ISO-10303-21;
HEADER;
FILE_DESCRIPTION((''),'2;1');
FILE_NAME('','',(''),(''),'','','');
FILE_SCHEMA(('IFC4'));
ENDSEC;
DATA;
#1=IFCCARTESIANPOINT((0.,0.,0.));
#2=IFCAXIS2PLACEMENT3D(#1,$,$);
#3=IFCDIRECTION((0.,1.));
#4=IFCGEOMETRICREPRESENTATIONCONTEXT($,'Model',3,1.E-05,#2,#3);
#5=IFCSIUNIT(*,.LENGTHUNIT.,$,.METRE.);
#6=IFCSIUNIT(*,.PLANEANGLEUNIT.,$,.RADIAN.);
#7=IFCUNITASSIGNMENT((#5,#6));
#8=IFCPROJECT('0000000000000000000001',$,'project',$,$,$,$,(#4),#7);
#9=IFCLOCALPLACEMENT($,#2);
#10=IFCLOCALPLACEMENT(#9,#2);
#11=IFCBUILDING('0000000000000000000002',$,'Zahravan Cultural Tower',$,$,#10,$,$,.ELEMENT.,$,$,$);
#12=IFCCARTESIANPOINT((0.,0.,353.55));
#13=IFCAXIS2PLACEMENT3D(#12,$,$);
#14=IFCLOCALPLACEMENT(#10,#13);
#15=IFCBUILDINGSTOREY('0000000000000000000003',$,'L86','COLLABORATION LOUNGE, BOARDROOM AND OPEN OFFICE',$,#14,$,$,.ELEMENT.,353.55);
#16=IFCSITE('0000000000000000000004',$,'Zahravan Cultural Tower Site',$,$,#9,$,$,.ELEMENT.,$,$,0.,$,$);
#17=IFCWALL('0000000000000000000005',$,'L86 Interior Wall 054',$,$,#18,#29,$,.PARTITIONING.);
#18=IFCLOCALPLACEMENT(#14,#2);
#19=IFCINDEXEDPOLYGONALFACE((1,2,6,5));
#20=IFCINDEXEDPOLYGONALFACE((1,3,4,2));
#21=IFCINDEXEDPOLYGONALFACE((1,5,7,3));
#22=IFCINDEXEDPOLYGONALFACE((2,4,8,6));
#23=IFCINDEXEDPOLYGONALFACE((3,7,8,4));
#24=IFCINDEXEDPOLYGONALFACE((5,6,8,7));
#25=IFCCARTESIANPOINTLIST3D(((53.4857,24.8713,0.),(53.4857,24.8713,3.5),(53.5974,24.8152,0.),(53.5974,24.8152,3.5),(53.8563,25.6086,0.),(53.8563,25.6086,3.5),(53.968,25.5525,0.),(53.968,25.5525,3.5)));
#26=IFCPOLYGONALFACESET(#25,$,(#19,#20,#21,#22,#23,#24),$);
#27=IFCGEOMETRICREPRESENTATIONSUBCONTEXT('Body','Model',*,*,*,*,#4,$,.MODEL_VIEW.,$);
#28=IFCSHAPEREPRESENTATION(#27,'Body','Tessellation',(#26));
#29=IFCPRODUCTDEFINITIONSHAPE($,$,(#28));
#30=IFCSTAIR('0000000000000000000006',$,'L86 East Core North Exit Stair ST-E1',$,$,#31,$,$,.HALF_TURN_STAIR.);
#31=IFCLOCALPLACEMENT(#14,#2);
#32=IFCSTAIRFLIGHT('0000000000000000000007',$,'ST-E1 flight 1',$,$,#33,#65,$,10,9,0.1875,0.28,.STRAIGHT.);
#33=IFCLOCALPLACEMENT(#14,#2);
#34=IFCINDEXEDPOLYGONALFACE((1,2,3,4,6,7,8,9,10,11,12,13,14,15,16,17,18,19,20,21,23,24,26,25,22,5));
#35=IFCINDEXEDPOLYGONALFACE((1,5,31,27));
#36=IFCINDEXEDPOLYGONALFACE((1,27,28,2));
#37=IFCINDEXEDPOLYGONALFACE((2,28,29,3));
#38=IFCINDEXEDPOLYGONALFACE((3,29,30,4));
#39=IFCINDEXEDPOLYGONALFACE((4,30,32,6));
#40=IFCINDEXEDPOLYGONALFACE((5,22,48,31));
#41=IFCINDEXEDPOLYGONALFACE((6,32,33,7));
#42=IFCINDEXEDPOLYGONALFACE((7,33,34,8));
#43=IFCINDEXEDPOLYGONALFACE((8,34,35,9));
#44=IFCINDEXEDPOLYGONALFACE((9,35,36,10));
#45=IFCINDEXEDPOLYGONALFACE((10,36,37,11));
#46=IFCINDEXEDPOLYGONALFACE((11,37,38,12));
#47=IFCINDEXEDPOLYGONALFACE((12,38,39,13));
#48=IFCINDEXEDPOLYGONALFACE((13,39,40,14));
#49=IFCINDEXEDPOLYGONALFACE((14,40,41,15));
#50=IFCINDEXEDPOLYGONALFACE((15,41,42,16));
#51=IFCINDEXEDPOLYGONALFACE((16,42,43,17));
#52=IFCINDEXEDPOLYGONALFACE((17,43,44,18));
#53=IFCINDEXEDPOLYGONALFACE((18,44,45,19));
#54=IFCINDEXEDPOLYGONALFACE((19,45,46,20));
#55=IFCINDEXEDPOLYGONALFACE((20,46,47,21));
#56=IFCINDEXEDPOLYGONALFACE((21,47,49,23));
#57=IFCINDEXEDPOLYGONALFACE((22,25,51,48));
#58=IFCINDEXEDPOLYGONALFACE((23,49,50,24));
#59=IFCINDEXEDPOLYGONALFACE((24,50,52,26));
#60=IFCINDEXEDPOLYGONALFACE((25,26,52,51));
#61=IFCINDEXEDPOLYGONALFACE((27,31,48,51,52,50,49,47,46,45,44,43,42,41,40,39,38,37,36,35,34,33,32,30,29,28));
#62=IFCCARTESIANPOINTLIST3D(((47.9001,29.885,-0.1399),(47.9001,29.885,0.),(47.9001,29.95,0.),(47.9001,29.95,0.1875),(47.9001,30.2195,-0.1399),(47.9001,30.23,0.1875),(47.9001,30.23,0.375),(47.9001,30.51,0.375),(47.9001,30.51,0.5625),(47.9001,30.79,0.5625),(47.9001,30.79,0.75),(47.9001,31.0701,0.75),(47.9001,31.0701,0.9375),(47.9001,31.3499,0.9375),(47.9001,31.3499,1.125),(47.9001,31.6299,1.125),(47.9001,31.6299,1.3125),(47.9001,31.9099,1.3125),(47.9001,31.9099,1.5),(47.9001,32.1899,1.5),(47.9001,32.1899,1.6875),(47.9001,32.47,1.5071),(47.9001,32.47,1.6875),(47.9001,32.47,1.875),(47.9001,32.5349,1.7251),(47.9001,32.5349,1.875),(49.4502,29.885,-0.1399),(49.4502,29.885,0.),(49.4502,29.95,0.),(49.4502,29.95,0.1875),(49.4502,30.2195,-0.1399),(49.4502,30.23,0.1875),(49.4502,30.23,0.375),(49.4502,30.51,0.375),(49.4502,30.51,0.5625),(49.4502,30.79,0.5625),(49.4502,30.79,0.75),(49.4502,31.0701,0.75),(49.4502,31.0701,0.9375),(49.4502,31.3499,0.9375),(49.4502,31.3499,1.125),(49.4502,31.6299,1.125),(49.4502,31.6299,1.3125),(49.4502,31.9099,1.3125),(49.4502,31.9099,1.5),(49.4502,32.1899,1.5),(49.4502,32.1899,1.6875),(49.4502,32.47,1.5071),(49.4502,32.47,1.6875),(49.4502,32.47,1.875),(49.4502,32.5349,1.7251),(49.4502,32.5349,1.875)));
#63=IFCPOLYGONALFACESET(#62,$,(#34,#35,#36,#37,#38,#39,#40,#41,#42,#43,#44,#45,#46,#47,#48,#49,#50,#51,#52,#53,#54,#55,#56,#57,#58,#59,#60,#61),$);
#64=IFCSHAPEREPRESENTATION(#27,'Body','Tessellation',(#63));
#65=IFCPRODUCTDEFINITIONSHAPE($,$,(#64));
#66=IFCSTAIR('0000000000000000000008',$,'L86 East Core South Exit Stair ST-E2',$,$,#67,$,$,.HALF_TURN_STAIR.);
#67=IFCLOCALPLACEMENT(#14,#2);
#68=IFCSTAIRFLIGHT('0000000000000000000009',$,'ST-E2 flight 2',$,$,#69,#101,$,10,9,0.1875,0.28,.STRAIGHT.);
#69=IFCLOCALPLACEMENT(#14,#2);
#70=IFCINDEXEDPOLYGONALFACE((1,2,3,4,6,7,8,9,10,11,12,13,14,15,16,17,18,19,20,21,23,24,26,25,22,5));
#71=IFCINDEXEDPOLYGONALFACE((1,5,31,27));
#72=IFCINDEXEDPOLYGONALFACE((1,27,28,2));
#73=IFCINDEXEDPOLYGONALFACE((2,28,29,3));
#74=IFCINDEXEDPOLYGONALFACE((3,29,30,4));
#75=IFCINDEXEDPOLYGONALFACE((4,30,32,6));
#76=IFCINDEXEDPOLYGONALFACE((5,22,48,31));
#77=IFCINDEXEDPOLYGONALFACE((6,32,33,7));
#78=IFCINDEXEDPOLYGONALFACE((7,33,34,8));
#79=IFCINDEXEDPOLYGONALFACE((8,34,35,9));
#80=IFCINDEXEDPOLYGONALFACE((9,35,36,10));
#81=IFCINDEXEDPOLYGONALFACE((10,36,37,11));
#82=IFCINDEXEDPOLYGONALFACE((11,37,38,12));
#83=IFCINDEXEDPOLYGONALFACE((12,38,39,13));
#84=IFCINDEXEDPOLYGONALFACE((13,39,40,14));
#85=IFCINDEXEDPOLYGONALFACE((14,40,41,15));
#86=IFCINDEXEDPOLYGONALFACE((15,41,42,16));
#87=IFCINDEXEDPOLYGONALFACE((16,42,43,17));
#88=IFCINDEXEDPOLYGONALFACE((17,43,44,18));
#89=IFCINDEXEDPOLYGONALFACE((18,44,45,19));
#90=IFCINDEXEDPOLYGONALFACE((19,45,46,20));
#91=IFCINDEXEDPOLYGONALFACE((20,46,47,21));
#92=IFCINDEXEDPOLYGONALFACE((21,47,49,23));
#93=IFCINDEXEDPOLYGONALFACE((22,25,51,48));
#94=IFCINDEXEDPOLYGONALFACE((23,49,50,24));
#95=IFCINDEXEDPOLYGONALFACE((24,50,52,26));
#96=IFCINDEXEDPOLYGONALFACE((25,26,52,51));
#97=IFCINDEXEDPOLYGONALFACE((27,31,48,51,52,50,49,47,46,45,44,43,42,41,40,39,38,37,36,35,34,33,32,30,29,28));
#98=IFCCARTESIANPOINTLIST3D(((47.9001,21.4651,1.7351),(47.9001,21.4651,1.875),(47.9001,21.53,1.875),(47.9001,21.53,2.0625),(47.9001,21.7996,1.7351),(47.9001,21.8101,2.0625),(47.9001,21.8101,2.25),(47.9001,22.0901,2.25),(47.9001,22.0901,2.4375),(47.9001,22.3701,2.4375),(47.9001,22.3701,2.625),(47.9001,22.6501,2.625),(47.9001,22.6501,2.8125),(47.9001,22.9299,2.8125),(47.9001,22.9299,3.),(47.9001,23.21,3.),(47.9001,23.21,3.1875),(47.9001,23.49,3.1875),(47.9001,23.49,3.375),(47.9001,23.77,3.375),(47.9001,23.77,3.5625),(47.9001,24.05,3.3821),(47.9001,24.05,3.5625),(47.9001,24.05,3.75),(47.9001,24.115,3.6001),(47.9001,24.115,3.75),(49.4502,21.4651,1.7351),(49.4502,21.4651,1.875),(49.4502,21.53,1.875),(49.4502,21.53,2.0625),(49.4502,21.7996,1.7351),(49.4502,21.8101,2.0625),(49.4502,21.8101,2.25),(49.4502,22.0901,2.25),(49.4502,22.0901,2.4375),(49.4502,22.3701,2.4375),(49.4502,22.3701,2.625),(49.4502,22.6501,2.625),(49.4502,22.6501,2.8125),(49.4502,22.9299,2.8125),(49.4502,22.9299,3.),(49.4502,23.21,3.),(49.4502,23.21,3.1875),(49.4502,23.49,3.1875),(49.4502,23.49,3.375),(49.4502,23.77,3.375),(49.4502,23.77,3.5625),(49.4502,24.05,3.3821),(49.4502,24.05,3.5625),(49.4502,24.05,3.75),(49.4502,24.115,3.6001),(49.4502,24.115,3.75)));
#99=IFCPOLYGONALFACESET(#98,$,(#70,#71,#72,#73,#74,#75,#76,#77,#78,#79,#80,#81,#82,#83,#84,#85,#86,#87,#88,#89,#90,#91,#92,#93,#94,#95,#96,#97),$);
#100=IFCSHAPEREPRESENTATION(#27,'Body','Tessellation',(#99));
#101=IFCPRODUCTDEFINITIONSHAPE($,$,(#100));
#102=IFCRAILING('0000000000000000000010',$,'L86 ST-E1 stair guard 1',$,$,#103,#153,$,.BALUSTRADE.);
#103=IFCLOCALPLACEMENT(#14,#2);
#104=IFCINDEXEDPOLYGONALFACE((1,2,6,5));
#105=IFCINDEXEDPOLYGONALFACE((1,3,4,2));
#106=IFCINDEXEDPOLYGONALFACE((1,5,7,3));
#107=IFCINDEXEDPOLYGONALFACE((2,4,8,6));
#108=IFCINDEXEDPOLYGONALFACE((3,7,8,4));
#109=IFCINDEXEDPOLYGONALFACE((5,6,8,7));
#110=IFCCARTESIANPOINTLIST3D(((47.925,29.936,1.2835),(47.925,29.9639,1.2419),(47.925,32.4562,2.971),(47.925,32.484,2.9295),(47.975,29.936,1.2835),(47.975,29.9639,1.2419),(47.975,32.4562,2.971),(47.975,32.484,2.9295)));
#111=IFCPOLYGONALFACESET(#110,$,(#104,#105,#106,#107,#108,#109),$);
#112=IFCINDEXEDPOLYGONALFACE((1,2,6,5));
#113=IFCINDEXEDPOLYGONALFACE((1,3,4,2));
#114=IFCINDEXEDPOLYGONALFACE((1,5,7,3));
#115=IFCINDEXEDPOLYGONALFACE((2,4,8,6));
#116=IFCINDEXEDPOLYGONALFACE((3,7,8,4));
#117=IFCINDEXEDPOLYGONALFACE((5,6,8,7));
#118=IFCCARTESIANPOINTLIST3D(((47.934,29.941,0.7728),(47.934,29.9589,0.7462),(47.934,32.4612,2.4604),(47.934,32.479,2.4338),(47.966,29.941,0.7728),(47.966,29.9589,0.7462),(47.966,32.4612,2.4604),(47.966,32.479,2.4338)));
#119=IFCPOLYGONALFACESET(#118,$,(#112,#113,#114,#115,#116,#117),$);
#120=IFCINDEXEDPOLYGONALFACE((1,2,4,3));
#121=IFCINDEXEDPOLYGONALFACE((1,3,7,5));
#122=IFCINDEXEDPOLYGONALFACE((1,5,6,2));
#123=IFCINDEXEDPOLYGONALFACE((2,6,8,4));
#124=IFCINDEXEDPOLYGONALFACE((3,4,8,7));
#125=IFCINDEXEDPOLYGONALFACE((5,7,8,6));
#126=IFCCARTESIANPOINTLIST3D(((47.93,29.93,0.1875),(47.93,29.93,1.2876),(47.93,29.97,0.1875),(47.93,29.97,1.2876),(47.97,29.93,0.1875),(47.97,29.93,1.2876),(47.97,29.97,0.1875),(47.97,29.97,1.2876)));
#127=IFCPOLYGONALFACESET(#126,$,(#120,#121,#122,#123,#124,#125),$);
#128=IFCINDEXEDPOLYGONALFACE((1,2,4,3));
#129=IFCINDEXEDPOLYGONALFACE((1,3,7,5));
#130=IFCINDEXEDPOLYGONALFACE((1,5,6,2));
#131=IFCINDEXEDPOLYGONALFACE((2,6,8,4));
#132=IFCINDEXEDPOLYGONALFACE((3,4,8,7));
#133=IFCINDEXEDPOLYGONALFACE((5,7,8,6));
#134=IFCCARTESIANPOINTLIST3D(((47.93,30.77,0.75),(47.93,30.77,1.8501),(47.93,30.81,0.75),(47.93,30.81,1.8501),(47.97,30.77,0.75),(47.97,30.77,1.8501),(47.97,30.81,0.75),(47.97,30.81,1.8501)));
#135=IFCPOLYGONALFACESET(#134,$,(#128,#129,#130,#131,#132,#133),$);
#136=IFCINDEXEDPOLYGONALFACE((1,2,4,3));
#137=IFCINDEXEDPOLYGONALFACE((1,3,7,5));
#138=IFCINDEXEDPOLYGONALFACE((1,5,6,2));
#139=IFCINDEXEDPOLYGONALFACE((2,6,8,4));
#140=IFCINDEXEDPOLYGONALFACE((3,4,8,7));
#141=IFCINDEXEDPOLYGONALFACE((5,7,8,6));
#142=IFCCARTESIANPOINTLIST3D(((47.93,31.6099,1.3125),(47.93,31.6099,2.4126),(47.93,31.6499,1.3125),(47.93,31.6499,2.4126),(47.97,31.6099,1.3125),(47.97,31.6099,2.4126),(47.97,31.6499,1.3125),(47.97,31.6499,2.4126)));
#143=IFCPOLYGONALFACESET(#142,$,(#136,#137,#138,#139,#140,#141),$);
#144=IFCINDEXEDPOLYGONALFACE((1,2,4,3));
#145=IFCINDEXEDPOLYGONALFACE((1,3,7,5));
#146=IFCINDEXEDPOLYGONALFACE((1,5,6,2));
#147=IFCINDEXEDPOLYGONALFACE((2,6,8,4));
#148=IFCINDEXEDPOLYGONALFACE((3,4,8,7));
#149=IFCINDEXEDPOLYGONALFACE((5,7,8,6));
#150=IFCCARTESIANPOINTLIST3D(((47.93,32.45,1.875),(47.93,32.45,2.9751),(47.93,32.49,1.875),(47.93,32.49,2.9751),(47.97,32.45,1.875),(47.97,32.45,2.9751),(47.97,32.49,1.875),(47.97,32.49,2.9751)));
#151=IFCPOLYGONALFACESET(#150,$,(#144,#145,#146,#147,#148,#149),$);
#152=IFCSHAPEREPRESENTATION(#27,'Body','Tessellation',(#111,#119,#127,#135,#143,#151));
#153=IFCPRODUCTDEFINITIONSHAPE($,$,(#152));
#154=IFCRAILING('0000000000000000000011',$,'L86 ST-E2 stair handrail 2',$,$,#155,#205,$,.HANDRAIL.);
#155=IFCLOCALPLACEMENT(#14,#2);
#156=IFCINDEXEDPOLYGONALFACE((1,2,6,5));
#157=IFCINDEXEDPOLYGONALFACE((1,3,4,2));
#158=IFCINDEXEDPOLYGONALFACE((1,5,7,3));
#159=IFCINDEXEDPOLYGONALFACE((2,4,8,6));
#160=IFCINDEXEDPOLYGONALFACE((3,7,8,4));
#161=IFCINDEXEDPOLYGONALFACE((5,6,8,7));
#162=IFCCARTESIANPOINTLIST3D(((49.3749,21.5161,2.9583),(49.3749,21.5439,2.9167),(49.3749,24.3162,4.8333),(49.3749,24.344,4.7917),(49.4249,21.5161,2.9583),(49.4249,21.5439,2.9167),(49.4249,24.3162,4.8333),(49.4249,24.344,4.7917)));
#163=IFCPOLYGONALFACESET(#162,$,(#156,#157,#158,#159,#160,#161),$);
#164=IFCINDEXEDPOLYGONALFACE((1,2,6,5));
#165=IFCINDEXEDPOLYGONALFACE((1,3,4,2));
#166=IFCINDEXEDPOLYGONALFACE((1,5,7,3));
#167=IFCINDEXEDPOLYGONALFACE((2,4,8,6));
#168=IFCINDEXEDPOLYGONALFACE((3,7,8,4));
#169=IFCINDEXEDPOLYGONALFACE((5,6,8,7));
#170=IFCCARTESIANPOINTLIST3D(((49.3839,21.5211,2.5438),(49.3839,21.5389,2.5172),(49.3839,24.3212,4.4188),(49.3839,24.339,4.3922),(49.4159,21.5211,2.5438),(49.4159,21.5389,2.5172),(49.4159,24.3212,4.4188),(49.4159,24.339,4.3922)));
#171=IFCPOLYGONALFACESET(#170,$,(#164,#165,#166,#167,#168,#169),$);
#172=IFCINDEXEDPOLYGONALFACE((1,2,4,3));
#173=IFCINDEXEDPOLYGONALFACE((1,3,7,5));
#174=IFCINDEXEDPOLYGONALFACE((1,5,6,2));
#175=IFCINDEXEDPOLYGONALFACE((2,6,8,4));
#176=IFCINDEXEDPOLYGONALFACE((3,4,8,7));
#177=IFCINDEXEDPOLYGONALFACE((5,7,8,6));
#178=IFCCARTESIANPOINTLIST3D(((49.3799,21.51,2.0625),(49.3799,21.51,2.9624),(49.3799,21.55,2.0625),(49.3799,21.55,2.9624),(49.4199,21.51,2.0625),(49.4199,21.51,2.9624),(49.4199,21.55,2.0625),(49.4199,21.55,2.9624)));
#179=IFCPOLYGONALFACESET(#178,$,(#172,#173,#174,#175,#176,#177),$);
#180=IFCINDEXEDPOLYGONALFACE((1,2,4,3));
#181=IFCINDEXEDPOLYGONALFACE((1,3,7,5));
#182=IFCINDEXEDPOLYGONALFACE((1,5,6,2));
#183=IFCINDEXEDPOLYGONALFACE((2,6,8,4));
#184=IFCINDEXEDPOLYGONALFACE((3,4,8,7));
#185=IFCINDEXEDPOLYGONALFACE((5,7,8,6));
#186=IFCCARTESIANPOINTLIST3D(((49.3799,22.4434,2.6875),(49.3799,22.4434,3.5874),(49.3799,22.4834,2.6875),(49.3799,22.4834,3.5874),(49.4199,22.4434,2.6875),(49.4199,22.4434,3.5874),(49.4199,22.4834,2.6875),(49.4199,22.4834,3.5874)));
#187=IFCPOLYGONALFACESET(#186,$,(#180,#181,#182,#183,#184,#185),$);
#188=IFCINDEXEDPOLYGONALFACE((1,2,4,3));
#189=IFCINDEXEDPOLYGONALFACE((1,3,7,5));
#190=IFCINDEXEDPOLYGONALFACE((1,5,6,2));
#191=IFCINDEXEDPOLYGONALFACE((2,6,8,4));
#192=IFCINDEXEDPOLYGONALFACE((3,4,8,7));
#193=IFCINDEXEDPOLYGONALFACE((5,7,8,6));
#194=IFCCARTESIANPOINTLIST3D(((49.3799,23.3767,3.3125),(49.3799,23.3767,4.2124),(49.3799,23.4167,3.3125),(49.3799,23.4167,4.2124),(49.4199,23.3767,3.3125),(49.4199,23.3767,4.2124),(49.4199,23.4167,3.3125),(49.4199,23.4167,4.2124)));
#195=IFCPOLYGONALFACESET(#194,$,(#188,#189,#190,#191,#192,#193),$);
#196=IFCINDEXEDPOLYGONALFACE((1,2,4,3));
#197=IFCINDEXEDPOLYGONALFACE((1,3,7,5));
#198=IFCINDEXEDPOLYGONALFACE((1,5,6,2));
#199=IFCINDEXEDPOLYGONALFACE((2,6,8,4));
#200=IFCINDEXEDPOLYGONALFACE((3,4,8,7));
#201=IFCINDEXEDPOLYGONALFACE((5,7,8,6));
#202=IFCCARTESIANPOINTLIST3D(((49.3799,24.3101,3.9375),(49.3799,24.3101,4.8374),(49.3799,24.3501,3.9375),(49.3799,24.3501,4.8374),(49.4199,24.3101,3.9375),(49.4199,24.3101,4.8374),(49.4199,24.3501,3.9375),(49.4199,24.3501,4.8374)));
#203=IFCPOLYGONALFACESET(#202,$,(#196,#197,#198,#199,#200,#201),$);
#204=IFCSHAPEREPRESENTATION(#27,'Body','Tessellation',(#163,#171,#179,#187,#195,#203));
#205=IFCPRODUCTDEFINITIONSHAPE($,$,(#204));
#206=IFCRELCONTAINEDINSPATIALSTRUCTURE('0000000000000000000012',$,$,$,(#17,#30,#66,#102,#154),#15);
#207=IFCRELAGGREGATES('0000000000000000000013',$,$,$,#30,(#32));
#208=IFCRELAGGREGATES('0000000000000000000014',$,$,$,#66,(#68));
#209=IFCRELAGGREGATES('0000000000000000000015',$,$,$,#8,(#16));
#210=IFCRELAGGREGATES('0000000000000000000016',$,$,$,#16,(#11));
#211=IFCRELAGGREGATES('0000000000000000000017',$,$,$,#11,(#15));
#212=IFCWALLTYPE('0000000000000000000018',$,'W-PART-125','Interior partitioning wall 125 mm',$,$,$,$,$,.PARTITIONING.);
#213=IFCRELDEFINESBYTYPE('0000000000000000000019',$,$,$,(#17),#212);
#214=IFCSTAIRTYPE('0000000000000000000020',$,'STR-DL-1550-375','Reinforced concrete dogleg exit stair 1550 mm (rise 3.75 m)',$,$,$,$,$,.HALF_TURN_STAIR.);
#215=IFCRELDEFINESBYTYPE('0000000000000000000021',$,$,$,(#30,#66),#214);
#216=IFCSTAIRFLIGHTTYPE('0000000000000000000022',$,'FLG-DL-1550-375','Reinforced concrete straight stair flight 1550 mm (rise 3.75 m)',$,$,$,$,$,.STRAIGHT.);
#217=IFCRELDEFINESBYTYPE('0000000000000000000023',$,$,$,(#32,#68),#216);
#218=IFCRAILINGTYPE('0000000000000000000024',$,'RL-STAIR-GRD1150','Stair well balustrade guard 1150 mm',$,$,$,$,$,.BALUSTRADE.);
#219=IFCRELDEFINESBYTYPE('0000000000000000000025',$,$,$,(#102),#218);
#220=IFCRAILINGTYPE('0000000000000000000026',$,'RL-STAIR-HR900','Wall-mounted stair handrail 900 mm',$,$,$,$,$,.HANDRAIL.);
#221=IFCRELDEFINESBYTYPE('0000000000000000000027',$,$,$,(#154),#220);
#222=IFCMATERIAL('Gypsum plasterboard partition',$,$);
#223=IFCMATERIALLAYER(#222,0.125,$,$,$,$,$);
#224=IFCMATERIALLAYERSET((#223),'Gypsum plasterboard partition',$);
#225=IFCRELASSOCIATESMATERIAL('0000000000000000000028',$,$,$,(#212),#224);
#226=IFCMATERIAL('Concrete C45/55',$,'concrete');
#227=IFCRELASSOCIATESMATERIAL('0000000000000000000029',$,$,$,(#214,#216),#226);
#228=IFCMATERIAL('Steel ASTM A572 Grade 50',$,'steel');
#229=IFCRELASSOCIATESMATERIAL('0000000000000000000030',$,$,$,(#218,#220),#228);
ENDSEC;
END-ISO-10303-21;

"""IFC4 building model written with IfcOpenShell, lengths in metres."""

from ifc_helpers import new_model, si_unit, direction, frame, frame_2d, origin, origin_2d, place, context, subcontext, project, spatial, polyline, rectangle, outline, extrude, source, transform, mapped, material, layer, layer_set, type_object, element, aggregate, save


model = new_model("IFC4")

# Units and contexts
model_context = context("Model", 3, precision=1e-05, world=origin(), true_north=direction((0.0, 1.0)))
body_context = subcontext(model_context, "Body", "Model", "MODEL_VIEW")
ifc_project = project(units=[si_unit("LENGTHUNIT", "METRE"), si_unit("PLANEANGLEUNIT", "RADIAN")], contexts=[model_context])

# Site, building, storey
site_placement = place(None, origin())
site = spatial("IfcSite", under=ifc_project, at=site_placement, Name="Zahravan Cultural Tower Site", CompositionType="ELEMENT", RefElevation=0.0)
building_placement = place(site_placement, origin())
building = spatial("IfcBuilding", under=site, at=building_placement, Name="Zahravan Cultural Tower", CompositionType="ELEMENT")
storey_placement = place(building_placement, frame((0.0, 0.0, 353.55)))
storey = spatial("IfcBuildingStorey", under=building, at=storey_placement, Name="L86", Description="COLLABORATION LOUNGE, BOARDROOM AND OPEN OFFICE", CompositionType="ELEMENT", Elevation=353.55)

# Shared definitions
ifc_material_1 = material(Name="Gypsum plasterboard partition")
ifc_layer_1 = layer(ifc_material_1, 0.125)
ifc_layer_set_1 = layer_set([ifc_layer_1], Name="Gypsum plasterboard partition")
wall_type_1 = type_object("IfcWallType", Name="W-PART-125", Description="Interior partitioning wall 125 mm", PredefinedType="PARTITIONING", material=ifc_layer_set_1)

# Wall
ifc_material_2 = material(Name="Concrete C45/55", Category="concrete")
shared_shape_1 = source(origin(), body_context, "Body", "SweptSolid", [
    extrude(rectangle(XDim=0.8252, YDim=0.125, at=frame_2d((0.4126, 0.0))), origin(), (0.0, 0.0, 1.0), 3.5),
])
wall_1_placement = place(storey_placement, frame((53.9121, 25.5806, 0.0), z_axis=(0.0, 0.0, 1.0), x_axis=(-0.449106, -0.893478, 0.0)))
element("IfcWall", 1, at=wall_1_placement, inside=storey, type_object=wall_type_1, Name="L86 Interior Wall 054", PredefinedType="PARTITIONING", context=body_context, shape_type="MappedRepresentation", body=[
    mapped(shared_shape_1, transform((0.0, 0.0, 0.0), x_axis=(1.0, 0.0, 0.0), y_axis=(0.0, 1.0, 0.0), z_axis=(0.0, 0.0, 1.0), scale=1.0)),
])

# Stairs, stair flights
stair_type = type_object("IfcStairType", Name="STR-DL-1550-375", Description="Reinforced concrete dogleg exit stair 1550 mm (rise 3.75 m)", PredefinedType="HALF_TURN_STAIR", material=ifc_material_2)
stair_1_placement = place(storey_placement, origin())
stair_1 = element("IfcStair", 2, at=stair_1_placement, inside=storey, type_object=stair_type, Name="L86 East Core North Exit Stair ST-E1", PredefinedType="HALF_TURN_STAIR")
stair_flight_type = type_object("IfcStairFlightType", Name="FLG-DL-1550-375", Description="Reinforced concrete straight stair flight 1550 mm (rise 3.75 m)", PredefinedType="STRAIGHT", material=ifc_material_2)
stair_flight_1_placement = place(storey_placement, frame((48.675, 29.95, 0.0), z_axis=(0.0, 0.0, 1.0), x_axis=(0.0, 1.0, 0.0)))
stair_flight_1 = element("IfcStairFlight", 3, at=stair_flight_1_placement, type_object=stair_flight_type, Name="ST-E1 flight 1", NumberOfRisers=10, NumberOfTreads=9, PredefinedType="STRAIGHT", RiserHeight=0.1875, TreadLength=0.28, context=body_context, shape_type="SweptSolid", body=[
    extrude(outline(polyline([(-0.0649, -0.1399), (-0.0649, 0.0), (0.0, 0.0), (0.0, 0.1875), (0.28, 0.1875), (0.28, 0.375), (0.5601, 0.375), (0.5601, 0.5625), (0.8401, 0.5625), (0.8401, 0.75), (1.1201, 0.75), (1.1201, 0.9375), (1.3999, 0.9375), (1.3999, 1.125), (1.6799, 1.125), (1.6799, 1.3125), (1.96, 1.3125), (1.96, 1.5), (2.24, 1.5), (2.24, 1.6875), (2.52, 1.6875), (2.52, 1.875), (2.585, 1.875), (2.585, 1.7251), (2.52, 1.5071), (0.2695, -0.1399), (-0.0649, -0.1399)])), frame((0.0, 0.7749, 0.0), z_axis=(0.0, -1.0, 0.0), x_axis=(1.0, 0.0, 0.0)), (0.0, 0.0, 1.0), 1.55),
])
aggregate(stair_1, [stair_flight_1])
stair_2_placement = place(storey_placement, origin())
stair_2 = element("IfcStair", 4, at=stair_2_placement, inside=storey, type_object=stair_type, Name="L86 East Core South Exit Stair ST-E2", PredefinedType="HALF_TURN_STAIR")
stair_flight_2_placement = place(storey_placement, frame((48.675, 21.53, 1.875), z_axis=(0.0, 0.0, 1.0), x_axis=(0.0, 1.0, 0.0)))
stair_flight_2 = element("IfcStairFlight", 5, at=stair_flight_2_placement, type_object=stair_flight_type, Name="ST-E2 flight 2", NumberOfRisers=10, NumberOfTreads=9, PredefinedType="STRAIGHT", RiserHeight=0.1875, TreadLength=0.28, context=body_context, shape_type="SweptSolid", body=[
    extrude(outline(polyline([(-0.0649, -0.1399), (-0.0649, 0.0), (0.0, 0.0), (0.0, 0.1875), (0.28, 0.1875), (0.28, 0.375), (0.5601, 0.375), (0.5601, 0.5625), (0.8401, 0.5625), (0.8401, 0.75), (1.1201, 0.75), (1.1201, 0.9375), (1.3999, 0.9375), (1.3999, 1.125), (1.6799, 1.125), (1.6799, 1.3125), (1.96, 1.3125), (1.96, 1.5), (2.24, 1.5), (2.24, 1.6875), (2.52, 1.6875), (2.52, 1.875), (2.585, 1.875), (2.585, 1.7251), (2.52, 1.5071), (0.2695, -0.1399), (-0.0649, -0.1399)])), frame((0.0, 0.7749, 0.0), z_axis=(0.0, -1.0, 0.0), x_axis=(1.0, 0.0, 0.0)), (0.0, 0.0, 1.0), 1.55),
])
aggregate(stair_2, [stair_flight_2])

# Railings
ifc_material_3 = material(Name="Steel ASTM A572 Grade 50", Category="steel")
railing_type_1 = type_object("IfcRailingType", Name="RL-STAIR-GRD1150", Description="Stair well balustrade guard 1150 mm", PredefinedType="BALUSTRADE", material=ifc_material_3)
railing_1_placement = place(storey_placement, frame((47.95, 29.95, 0.1875)))
element("IfcRailing", 6, at=railing_1_placement, inside=storey, type_object=railing_type_1, Name="L86 ST-E1 stair guard 1", PredefinedType="BALUSTRADE", context=body_context, shape_type="SweptSolid", body=[
    extrude(rectangle(XDim=0.05, YDim=0.05, at=origin_2d()), frame((0.0, 0.0, 1.0752), z_axis=(0.0, 0.830909, 0.556408), x_axis=(-1.0, 0.0, 0.0)), (0.0, 0.0, 1.0), 3.033),
    extrude(rectangle(XDim=0.032, YDim=0.032, at=origin_2d()), frame((0.0, 0.0, 0.572), z_axis=(0.0, 0.830909, 0.556408), x_axis=(-1.0, 0.0, 0.0)), (0.0, 0.0, 1.0), 3.033),
    extrude(rectangle(XDim=0.04, YDim=0.04, at=origin_2d()), origin(), (0.0, 0.0, 1.0), 1.1001),
    extrude(rectangle(XDim=0.04, YDim=0.04, at=origin_2d()), frame((0.0, 0.8401, 0.5625)), (0.0, 0.0, 1.0), 1.1001),
    extrude(rectangle(XDim=0.04, YDim=0.04, at=origin_2d()), frame((0.0, 1.6799, 1.125)), (0.0, 0.0, 1.0), 1.1001),
    extrude(rectangle(XDim=0.04, YDim=0.04, at=origin_2d()), frame((0.0, 2.52, 1.6875)), (0.0, 0.0, 1.0), 1.1001),
])
railing_type_2 = type_object("IfcRailingType", Name="RL-STAIR-HR900", Description="Wall-mounted stair handrail 900 mm", PredefinedType="HANDRAIL", material=ifc_material_3)
railing_2_placement = place(storey_placement, frame((49.3999, 21.53, 2.0625)))
element("IfcRailing", 7, at=railing_2_placement, inside=storey, type_object=railing_type_2, Name="L86 ST-E2 stair handrail 2", PredefinedType="HANDRAIL", context=body_context, shape_type="SweptSolid", body=[
    extrude(rectangle(XDim=0.05, YDim=0.05, at=origin_2d()), frame((0.0, 0.0, 0.875), z_axis=(0.0, 0.830912, 0.556404), x_axis=(-1.0, 0.0, 0.0)), (0.0, 0.0, 1.0), 3.3699),
    extrude(rectangle(XDim=0.032, YDim=0.032, at=origin_2d()), frame((0.0, 0.0, 0.468), z_axis=(0.0, 0.830912, 0.556404), x_axis=(-1.0, 0.0, 0.0)), (0.0, 0.0, 1.0), 3.3699),
    extrude(rectangle(XDim=0.04, YDim=0.04, at=origin_2d()), origin(), (0.0, 0.0, 1.0), 0.8999),
    extrude(rectangle(XDim=0.04, YDim=0.04, at=origin_2d()), frame((0.0, 0.9333, 0.625)), (0.0, 0.0, 1.0), 0.8999),
    extrude(rectangle(XDim=0.04, YDim=0.04, at=origin_2d()), frame((0.0, 1.8667, 1.25)), (0.0, 0.0, 1.0), 0.8999),
    extrude(rectangle(XDim=0.04, YDim=0.04, at=origin_2d()), frame((0.0, 2.8, 1.875)), (0.0, 0.0, 1.0), 0.8999),
])

save(model, "model.ifc")
